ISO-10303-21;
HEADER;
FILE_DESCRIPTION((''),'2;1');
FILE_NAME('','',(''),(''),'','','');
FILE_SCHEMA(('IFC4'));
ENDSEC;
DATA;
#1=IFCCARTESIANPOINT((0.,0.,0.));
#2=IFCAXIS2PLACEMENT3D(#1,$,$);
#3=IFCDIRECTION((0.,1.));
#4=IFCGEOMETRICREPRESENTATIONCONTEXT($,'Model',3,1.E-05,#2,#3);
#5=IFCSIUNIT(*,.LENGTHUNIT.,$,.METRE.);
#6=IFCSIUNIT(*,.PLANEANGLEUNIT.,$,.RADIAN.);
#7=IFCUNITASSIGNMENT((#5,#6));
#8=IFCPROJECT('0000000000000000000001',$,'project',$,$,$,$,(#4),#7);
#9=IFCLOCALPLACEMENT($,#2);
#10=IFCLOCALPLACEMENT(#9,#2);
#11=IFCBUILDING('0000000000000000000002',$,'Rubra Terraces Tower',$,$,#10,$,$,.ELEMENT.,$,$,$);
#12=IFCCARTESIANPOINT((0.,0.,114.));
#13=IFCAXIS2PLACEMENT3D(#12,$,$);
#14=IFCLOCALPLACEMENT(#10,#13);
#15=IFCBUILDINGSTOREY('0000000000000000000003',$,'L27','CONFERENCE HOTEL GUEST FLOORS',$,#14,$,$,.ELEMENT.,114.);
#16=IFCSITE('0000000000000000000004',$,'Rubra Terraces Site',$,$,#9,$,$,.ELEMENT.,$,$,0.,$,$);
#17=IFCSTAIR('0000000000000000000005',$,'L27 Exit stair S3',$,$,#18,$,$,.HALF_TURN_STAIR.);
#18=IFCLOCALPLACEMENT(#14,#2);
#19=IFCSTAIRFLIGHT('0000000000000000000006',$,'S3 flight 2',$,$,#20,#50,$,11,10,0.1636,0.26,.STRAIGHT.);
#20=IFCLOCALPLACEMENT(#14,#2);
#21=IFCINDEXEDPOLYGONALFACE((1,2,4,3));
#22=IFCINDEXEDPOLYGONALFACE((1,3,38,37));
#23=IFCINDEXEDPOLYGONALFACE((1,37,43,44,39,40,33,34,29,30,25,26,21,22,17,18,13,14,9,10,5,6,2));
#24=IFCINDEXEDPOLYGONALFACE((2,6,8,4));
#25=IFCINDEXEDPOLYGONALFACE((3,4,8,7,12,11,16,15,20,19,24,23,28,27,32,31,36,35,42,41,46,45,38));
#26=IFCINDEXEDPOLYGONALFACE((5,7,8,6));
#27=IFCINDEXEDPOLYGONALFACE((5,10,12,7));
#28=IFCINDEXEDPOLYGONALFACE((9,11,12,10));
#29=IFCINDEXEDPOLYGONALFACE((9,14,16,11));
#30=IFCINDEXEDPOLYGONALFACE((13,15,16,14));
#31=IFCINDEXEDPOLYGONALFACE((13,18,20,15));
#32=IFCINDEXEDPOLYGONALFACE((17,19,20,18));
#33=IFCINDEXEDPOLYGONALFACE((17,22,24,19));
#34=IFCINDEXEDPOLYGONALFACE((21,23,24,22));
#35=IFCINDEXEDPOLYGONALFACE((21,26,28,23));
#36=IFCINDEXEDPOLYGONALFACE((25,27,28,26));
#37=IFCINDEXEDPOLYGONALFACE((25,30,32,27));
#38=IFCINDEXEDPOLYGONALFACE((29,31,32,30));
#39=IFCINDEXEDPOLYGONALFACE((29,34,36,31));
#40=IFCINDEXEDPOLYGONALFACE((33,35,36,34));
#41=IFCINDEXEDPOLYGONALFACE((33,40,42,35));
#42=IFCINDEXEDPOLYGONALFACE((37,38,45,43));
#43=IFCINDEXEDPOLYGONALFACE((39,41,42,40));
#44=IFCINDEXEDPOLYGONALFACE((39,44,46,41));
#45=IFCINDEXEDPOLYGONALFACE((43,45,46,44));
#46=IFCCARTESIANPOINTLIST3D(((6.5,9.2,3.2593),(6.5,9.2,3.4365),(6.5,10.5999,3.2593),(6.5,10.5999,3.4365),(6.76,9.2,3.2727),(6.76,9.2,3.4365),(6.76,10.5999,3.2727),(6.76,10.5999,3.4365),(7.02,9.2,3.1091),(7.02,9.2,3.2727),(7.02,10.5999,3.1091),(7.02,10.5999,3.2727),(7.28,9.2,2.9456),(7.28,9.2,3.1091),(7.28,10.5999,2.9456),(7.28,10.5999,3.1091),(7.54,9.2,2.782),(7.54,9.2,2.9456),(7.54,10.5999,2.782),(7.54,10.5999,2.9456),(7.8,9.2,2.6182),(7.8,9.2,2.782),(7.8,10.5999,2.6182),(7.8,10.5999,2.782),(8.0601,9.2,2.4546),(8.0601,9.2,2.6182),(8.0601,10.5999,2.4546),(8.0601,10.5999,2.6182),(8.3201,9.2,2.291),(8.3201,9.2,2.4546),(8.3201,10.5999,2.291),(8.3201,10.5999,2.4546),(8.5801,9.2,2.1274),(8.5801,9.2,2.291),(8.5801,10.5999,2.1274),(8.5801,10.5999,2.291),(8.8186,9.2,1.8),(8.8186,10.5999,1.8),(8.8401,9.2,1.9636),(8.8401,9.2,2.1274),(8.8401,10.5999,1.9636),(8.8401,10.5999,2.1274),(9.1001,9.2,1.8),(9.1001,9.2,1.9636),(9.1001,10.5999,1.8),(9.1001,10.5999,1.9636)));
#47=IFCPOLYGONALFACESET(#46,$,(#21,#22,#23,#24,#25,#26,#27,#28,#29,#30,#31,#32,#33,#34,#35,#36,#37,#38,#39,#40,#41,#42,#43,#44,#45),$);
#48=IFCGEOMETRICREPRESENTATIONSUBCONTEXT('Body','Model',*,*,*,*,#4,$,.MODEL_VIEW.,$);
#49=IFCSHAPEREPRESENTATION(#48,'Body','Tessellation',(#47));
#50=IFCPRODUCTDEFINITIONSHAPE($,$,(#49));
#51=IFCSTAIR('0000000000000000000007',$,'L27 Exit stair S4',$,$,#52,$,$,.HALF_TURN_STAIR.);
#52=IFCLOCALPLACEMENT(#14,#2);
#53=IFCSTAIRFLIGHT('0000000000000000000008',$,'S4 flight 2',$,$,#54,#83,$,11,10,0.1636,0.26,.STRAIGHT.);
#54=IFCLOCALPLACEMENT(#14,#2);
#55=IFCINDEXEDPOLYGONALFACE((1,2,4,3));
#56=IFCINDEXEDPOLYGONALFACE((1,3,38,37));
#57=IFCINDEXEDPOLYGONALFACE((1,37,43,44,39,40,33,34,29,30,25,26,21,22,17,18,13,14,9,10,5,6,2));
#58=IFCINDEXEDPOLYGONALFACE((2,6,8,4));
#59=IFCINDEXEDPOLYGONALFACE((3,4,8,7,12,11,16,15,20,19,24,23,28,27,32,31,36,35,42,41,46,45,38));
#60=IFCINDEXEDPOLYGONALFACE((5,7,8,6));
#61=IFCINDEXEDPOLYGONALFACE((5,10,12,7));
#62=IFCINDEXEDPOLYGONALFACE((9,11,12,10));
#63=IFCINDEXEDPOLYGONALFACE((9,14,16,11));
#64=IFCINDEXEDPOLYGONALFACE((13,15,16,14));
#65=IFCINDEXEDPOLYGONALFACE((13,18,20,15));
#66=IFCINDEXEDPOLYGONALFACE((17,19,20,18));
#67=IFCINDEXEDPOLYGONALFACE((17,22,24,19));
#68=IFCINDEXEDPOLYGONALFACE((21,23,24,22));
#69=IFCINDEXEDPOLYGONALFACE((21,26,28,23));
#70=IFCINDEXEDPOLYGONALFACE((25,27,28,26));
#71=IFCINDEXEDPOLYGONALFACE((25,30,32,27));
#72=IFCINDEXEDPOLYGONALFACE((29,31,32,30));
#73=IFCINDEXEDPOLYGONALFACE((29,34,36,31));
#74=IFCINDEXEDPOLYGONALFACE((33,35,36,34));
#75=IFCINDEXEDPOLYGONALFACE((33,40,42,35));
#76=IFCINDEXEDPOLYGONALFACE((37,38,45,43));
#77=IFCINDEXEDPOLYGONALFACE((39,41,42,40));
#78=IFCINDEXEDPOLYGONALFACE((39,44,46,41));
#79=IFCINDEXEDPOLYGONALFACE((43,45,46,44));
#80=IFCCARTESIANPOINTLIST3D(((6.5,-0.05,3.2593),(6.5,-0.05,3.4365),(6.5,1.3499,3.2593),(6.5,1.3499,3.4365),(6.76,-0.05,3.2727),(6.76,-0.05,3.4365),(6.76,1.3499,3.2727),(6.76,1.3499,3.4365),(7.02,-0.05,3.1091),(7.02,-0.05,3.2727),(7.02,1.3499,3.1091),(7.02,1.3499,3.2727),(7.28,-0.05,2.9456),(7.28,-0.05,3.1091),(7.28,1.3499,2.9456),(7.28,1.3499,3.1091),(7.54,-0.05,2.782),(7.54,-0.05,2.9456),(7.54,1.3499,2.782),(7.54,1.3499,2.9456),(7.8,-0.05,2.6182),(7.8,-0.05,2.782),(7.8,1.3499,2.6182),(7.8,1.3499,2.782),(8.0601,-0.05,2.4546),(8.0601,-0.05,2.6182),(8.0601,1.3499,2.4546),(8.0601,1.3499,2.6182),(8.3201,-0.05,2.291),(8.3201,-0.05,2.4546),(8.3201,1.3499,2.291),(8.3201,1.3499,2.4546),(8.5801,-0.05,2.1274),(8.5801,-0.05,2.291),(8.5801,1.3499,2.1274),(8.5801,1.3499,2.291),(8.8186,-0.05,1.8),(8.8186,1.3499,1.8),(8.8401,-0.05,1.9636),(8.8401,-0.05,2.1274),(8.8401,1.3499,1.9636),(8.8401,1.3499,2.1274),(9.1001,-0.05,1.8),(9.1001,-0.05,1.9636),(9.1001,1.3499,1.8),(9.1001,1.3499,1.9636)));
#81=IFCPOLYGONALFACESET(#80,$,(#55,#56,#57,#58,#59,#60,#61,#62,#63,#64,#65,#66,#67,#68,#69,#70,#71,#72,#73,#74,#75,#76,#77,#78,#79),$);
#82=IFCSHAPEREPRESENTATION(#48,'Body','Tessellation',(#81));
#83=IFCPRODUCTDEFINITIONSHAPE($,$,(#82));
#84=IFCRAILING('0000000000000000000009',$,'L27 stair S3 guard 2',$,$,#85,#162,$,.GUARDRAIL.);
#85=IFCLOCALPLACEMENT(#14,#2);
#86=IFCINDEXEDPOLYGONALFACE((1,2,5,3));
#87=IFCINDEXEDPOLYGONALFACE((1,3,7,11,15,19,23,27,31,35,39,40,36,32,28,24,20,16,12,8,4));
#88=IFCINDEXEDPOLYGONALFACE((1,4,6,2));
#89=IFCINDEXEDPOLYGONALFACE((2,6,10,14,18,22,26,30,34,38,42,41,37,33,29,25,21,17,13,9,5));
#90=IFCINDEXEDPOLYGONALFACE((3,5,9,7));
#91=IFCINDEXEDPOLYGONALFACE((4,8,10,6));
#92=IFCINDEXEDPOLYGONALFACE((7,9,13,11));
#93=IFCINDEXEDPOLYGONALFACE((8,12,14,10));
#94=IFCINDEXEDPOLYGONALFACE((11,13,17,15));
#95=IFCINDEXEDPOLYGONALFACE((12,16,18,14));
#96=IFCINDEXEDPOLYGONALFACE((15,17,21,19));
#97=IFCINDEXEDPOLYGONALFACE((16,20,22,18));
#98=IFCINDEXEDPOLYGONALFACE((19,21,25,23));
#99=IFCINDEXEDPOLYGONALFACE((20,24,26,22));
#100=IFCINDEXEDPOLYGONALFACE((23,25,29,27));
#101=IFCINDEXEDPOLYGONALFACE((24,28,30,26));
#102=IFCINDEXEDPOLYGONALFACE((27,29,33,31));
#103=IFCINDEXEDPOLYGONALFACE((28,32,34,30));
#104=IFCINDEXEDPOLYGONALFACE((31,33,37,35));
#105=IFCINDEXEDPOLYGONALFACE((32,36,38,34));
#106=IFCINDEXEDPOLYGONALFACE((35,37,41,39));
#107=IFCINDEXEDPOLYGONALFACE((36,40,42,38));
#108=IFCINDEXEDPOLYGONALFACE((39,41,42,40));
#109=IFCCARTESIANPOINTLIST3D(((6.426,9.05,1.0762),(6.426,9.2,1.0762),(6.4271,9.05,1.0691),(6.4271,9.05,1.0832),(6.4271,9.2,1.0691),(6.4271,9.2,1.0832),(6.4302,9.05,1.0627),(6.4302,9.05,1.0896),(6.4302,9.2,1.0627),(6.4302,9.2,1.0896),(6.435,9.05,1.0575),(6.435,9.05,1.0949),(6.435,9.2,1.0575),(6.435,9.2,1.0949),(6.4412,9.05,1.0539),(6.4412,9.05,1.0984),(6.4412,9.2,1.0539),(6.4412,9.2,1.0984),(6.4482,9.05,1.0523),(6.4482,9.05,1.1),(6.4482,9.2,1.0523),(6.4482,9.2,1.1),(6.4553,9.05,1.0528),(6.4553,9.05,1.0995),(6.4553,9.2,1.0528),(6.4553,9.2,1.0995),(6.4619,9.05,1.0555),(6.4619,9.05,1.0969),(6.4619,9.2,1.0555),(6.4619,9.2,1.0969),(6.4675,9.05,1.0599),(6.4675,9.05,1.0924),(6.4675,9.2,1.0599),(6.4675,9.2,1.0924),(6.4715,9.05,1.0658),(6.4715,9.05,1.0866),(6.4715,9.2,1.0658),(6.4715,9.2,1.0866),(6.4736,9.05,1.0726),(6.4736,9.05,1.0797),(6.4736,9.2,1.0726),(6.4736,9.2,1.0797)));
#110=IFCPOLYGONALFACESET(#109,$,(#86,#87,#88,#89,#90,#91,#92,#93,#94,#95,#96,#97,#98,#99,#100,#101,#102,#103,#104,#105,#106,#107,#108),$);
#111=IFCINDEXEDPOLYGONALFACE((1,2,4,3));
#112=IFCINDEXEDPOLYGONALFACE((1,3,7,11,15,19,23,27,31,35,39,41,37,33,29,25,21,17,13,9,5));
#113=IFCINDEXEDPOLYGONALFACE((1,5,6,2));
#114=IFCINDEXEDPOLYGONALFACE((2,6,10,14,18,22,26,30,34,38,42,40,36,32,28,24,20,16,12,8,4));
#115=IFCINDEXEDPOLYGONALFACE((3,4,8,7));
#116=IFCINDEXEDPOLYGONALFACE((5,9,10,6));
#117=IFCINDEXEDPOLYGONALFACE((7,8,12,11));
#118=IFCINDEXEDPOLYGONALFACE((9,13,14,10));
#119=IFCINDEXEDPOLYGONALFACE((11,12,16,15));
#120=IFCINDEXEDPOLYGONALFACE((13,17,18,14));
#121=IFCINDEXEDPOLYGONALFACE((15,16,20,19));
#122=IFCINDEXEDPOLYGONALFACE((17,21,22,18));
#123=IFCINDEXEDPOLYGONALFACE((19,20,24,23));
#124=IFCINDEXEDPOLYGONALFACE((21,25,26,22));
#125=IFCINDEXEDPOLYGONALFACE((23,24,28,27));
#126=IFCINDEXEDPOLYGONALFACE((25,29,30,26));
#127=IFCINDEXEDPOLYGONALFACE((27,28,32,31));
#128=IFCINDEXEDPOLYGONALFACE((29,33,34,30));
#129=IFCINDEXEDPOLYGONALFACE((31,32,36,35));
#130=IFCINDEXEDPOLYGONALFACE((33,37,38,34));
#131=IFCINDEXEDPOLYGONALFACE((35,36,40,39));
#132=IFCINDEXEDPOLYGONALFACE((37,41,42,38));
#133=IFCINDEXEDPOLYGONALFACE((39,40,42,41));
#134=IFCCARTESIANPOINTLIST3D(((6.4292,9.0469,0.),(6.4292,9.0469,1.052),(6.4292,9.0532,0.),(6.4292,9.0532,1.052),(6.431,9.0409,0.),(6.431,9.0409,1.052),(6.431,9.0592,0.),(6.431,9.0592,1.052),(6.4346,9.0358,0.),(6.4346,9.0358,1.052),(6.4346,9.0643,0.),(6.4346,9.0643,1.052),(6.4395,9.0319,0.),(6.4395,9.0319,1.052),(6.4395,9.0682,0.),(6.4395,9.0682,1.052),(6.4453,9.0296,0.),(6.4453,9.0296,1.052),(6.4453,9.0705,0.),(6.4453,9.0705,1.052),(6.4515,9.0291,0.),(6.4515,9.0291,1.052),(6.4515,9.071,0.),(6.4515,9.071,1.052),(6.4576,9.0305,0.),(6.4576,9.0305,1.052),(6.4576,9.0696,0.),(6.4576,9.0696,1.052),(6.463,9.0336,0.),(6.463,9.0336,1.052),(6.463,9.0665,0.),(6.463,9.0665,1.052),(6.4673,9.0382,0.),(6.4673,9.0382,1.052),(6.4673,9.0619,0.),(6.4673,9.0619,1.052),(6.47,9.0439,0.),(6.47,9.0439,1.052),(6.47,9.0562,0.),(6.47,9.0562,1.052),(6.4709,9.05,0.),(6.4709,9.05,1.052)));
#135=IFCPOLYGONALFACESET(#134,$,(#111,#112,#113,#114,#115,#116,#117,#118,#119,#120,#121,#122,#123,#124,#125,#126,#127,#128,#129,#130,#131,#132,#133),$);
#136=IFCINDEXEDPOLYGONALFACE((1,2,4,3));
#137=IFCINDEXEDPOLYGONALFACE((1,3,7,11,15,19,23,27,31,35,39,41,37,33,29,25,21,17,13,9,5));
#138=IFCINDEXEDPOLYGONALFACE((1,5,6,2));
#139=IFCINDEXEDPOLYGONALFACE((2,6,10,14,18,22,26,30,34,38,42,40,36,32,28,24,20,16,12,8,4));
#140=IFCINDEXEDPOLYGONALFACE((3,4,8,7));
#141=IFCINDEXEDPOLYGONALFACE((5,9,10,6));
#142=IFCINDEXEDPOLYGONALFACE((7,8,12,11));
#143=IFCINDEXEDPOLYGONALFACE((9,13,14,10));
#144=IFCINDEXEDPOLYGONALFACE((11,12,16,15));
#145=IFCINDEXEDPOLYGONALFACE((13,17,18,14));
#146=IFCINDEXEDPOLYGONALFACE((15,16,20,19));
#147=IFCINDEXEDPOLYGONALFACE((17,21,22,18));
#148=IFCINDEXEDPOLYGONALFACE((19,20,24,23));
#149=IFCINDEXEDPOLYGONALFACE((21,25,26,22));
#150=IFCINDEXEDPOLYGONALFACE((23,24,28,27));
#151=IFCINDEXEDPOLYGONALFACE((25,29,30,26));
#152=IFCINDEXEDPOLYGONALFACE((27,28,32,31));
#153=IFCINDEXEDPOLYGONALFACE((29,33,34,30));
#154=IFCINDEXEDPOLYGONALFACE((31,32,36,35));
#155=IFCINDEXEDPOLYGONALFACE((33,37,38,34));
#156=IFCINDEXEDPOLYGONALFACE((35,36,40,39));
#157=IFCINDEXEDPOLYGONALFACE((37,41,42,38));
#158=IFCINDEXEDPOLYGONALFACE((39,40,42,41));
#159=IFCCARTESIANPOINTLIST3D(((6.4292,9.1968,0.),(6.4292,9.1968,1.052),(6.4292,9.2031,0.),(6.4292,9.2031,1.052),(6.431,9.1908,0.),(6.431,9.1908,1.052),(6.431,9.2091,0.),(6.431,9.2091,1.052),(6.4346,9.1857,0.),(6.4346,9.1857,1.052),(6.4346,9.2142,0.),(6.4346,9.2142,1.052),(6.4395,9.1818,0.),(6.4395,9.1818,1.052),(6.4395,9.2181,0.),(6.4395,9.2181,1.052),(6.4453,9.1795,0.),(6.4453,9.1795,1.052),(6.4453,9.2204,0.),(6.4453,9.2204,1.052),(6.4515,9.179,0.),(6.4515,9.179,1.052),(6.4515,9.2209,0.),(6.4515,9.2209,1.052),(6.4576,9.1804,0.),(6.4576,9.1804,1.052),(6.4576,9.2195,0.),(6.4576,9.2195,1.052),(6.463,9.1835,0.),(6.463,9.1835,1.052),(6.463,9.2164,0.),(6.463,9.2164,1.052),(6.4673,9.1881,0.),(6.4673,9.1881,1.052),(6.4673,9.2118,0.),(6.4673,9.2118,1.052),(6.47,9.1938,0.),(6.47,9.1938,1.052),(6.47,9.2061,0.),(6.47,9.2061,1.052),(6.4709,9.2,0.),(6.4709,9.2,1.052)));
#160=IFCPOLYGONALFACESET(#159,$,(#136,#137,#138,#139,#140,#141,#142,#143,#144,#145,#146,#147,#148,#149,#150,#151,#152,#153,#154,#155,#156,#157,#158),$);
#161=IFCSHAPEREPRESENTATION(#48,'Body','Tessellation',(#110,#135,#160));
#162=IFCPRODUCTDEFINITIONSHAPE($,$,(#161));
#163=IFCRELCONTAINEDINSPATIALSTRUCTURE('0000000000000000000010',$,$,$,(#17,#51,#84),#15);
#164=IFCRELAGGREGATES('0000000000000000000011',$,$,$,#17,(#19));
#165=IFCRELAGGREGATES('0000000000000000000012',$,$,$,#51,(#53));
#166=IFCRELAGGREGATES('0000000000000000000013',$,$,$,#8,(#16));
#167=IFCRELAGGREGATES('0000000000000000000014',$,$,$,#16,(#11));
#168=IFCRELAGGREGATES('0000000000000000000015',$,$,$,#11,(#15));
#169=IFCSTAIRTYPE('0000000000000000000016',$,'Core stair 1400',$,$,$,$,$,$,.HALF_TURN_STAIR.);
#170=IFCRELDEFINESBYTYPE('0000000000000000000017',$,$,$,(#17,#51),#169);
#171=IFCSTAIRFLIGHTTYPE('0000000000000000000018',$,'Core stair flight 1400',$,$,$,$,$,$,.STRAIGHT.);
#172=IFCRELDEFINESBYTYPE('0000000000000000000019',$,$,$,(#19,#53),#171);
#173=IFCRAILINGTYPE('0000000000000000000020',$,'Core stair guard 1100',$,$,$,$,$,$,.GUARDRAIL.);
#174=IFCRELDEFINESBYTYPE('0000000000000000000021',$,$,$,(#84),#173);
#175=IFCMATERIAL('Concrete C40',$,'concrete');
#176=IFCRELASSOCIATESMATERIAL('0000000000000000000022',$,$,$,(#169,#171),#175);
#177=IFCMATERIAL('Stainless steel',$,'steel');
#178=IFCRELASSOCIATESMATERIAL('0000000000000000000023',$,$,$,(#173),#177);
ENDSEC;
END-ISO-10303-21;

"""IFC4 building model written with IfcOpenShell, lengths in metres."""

from ifc_helpers import new_model, si_unit, direction, frame, origin, origin_2d, place, context, subcontext, project, spatial, polyline, circle, outline, extrude, material, type_object, element, aggregate, save


model = new_model("IFC4")

# Units and contexts
model_context = context("Model", 3, precision=1e-05, world=origin(), true_north=direction((0.0, 1.0)))
body_context = subcontext(model_context, "Body", "Model", "MODEL_VIEW")
ifc_project = project(units=[si_unit("LENGTHUNIT", "METRE"), si_unit("PLANEANGLEUNIT", "RADIAN")], contexts=[model_context])

# Site, building, storey
site_placement = place(None, origin())
site = spatial("IfcSite", under=ifc_project, at=site_placement, Name="Rubra Terraces Site", CompositionType="ELEMENT", RefElevation=0.0)
building_placement = place(site_placement, origin())
building = spatial("IfcBuilding", under=site, at=building_placement, Name="Rubra Terraces Tower", CompositionType="ELEMENT")
storey_placement = place(building_placement, frame((0.0, 0.0, 114.0)))
storey = spatial("IfcBuildingStorey", under=building, at=storey_placement, Name="L27", Description="CONFERENCE HOTEL GUEST FLOORS", CompositionType="ELEMENT", Elevation=114.0)

# Shared definitions
ifc_material_1 = material(Name="Concrete C40", Category="concrete")

# Shared definitions
ifc_material_2 = material(Name="Stainless steel", Category="steel")

# Stair, stair flight
stair_type = type_object("IfcStairType", Name="Core stair 1400", PredefinedType="HALF_TURN_STAIR", material=ifc_material_1)
stair_1_placement = place(storey_placement, origin())
stair_1 = element("IfcStair", 1, at=stair_1_placement, inside=storey, type_object=stair_type, Name="L27 Exit stair S3", PredefinedType="HALF_TURN_STAIR")
stair_flight_type = type_object("IfcStairFlightType", Name="Core stair flight 1400", PredefinedType="STRAIGHT", material=ifc_material_1)
stair_flight_1_placement = place(storey_placement, frame((9.1001, 9.8999, 1.8), z_axis=(0.0, 0.0, 1.0), x_axis=(-1.0, 0.0, 0.0)))
stair_flight_1 = element("IfcStairFlight", 2, at=stair_flight_1_placement, type_object=stair_flight_type, Name="S3 flight 2", NumberOfRisers=11, NumberOfTreads=10, PredefinedType="STRAIGHT", RiserHeight=0.1636, TreadLength=0.26, context=body_context, shape_type="SweptSolid", body=[
    extrude(outline(polyline([(0.0, 0.0), (0.0, 0.1636), (0.26, 0.1636), (0.26, 0.3274), (0.52, 0.3274), (0.52, 0.491), (0.78, 0.491), (0.78, 0.6545), (1.04, 0.6545), (1.04, 0.8181), (1.3, 0.8181), (1.3, 0.9819), (1.5601, 0.9819), (1.5601, 1.1455), (1.8201, 1.1455), (1.8201, 1.3091), (2.0801, 1.3091), (2.0801, 1.4727), (2.3401, 1.4727), (2.3401, 1.6365), (2.6001, 1.6365), (2.6001, 1.8), (2.6001, 1.4592), (0.2815, 0.0), (0.0, 0.0)])), frame((0.0, 0.7, 0.0), z_axis=(0.0, -1.0, 0.0), x_axis=(1.0, 0.0, 0.0)), (0.0, 0.0, 1.0), 1.3999),
])
aggregate(stair_1, [stair_flight_1])

# Stair, stair flight
stair_2_placement = place(storey_placement, origin())
stair_2 = element("IfcStair", 3, at=stair_2_placement, inside=storey, type_object=stair_type, Name="L27 Exit stair S4", PredefinedType="HALF_TURN_STAIR")
stair_flight_2_placement = place(storey_placement, frame((9.1001, 0.6499, 1.8), z_axis=(0.0, 0.0, 1.0), x_axis=(-1.0, 0.0, 0.0)))
stair_flight_2 = element("IfcStairFlight", 4, at=stair_flight_2_placement, type_object=stair_flight_type, Name="S4 flight 2", NumberOfRisers=11, NumberOfTreads=10, PredefinedType="STRAIGHT", RiserHeight=0.1636, TreadLength=0.26, context=body_context, shape_type="SweptSolid", body=[
    extrude(outline(polyline([(0.0, 0.0), (0.0, 0.1636), (0.26, 0.1636), (0.26, 0.3274), (0.52, 0.3274), (0.52, 0.491), (0.78, 0.491), (0.78, 0.6545), (1.04, 0.6545), (1.04, 0.8181), (1.3, 0.8181), (1.3, 0.9819), (1.5601, 0.9819), (1.5601, 1.1455), (1.8201, 1.1455), (1.8201, 1.3091), (2.0801, 1.3091), (2.0801, 1.4727), (2.3401, 1.4727), (2.3401, 1.6365), (2.6001, 1.6365), (2.6001, 1.8), (2.6001, 1.4592), (0.2815, 0.0), (0.0, 0.0)])), frame((0.0, 0.7, 0.0), z_axis=(0.0, -1.0, 0.0), x_axis=(1.0, 0.0, 0.0)), (0.0, 0.0, 1.0), 1.3999),
])
aggregate(stair_2, [stair_flight_2])

# Railing
railing_type_1 = type_object("IfcRailingType", Name="Core stair guard 1100", PredefinedType="GUARDRAIL", material=ifc_material_2)
railing_1_placement = place(storey_placement, frame((6.45, 9.05, 0.0)))
element("IfcRailing", 5, at=railing_1_placement, inside=storey, type_object=railing_type_1, Name="L27 stair S3 guard 2", PredefinedType="GUARDRAIL", context=body_context, shape_type="SweptSolid", body=[
    extrude(circle(Radius=0.0239, at=origin_2d()), frame((0.0, 0.0, 1.0762), z_axis=(0.0, 1.0, 0.0), x_axis=(-1.0, 0.0, 0.0)), (0.0, 0.0, 1.0), 0.1499),
    extrude(circle(Radius=0.021, at=origin_2d()), origin(), (0.0, 0.0, 1.0), 1.052),
    extrude(circle(Radius=0.021, at=origin_2d()), frame((0.0, 0.1499, 0.0)), (0.0, 0.0, 1.0), 1.052),
])

save(model, "model.ifc")
